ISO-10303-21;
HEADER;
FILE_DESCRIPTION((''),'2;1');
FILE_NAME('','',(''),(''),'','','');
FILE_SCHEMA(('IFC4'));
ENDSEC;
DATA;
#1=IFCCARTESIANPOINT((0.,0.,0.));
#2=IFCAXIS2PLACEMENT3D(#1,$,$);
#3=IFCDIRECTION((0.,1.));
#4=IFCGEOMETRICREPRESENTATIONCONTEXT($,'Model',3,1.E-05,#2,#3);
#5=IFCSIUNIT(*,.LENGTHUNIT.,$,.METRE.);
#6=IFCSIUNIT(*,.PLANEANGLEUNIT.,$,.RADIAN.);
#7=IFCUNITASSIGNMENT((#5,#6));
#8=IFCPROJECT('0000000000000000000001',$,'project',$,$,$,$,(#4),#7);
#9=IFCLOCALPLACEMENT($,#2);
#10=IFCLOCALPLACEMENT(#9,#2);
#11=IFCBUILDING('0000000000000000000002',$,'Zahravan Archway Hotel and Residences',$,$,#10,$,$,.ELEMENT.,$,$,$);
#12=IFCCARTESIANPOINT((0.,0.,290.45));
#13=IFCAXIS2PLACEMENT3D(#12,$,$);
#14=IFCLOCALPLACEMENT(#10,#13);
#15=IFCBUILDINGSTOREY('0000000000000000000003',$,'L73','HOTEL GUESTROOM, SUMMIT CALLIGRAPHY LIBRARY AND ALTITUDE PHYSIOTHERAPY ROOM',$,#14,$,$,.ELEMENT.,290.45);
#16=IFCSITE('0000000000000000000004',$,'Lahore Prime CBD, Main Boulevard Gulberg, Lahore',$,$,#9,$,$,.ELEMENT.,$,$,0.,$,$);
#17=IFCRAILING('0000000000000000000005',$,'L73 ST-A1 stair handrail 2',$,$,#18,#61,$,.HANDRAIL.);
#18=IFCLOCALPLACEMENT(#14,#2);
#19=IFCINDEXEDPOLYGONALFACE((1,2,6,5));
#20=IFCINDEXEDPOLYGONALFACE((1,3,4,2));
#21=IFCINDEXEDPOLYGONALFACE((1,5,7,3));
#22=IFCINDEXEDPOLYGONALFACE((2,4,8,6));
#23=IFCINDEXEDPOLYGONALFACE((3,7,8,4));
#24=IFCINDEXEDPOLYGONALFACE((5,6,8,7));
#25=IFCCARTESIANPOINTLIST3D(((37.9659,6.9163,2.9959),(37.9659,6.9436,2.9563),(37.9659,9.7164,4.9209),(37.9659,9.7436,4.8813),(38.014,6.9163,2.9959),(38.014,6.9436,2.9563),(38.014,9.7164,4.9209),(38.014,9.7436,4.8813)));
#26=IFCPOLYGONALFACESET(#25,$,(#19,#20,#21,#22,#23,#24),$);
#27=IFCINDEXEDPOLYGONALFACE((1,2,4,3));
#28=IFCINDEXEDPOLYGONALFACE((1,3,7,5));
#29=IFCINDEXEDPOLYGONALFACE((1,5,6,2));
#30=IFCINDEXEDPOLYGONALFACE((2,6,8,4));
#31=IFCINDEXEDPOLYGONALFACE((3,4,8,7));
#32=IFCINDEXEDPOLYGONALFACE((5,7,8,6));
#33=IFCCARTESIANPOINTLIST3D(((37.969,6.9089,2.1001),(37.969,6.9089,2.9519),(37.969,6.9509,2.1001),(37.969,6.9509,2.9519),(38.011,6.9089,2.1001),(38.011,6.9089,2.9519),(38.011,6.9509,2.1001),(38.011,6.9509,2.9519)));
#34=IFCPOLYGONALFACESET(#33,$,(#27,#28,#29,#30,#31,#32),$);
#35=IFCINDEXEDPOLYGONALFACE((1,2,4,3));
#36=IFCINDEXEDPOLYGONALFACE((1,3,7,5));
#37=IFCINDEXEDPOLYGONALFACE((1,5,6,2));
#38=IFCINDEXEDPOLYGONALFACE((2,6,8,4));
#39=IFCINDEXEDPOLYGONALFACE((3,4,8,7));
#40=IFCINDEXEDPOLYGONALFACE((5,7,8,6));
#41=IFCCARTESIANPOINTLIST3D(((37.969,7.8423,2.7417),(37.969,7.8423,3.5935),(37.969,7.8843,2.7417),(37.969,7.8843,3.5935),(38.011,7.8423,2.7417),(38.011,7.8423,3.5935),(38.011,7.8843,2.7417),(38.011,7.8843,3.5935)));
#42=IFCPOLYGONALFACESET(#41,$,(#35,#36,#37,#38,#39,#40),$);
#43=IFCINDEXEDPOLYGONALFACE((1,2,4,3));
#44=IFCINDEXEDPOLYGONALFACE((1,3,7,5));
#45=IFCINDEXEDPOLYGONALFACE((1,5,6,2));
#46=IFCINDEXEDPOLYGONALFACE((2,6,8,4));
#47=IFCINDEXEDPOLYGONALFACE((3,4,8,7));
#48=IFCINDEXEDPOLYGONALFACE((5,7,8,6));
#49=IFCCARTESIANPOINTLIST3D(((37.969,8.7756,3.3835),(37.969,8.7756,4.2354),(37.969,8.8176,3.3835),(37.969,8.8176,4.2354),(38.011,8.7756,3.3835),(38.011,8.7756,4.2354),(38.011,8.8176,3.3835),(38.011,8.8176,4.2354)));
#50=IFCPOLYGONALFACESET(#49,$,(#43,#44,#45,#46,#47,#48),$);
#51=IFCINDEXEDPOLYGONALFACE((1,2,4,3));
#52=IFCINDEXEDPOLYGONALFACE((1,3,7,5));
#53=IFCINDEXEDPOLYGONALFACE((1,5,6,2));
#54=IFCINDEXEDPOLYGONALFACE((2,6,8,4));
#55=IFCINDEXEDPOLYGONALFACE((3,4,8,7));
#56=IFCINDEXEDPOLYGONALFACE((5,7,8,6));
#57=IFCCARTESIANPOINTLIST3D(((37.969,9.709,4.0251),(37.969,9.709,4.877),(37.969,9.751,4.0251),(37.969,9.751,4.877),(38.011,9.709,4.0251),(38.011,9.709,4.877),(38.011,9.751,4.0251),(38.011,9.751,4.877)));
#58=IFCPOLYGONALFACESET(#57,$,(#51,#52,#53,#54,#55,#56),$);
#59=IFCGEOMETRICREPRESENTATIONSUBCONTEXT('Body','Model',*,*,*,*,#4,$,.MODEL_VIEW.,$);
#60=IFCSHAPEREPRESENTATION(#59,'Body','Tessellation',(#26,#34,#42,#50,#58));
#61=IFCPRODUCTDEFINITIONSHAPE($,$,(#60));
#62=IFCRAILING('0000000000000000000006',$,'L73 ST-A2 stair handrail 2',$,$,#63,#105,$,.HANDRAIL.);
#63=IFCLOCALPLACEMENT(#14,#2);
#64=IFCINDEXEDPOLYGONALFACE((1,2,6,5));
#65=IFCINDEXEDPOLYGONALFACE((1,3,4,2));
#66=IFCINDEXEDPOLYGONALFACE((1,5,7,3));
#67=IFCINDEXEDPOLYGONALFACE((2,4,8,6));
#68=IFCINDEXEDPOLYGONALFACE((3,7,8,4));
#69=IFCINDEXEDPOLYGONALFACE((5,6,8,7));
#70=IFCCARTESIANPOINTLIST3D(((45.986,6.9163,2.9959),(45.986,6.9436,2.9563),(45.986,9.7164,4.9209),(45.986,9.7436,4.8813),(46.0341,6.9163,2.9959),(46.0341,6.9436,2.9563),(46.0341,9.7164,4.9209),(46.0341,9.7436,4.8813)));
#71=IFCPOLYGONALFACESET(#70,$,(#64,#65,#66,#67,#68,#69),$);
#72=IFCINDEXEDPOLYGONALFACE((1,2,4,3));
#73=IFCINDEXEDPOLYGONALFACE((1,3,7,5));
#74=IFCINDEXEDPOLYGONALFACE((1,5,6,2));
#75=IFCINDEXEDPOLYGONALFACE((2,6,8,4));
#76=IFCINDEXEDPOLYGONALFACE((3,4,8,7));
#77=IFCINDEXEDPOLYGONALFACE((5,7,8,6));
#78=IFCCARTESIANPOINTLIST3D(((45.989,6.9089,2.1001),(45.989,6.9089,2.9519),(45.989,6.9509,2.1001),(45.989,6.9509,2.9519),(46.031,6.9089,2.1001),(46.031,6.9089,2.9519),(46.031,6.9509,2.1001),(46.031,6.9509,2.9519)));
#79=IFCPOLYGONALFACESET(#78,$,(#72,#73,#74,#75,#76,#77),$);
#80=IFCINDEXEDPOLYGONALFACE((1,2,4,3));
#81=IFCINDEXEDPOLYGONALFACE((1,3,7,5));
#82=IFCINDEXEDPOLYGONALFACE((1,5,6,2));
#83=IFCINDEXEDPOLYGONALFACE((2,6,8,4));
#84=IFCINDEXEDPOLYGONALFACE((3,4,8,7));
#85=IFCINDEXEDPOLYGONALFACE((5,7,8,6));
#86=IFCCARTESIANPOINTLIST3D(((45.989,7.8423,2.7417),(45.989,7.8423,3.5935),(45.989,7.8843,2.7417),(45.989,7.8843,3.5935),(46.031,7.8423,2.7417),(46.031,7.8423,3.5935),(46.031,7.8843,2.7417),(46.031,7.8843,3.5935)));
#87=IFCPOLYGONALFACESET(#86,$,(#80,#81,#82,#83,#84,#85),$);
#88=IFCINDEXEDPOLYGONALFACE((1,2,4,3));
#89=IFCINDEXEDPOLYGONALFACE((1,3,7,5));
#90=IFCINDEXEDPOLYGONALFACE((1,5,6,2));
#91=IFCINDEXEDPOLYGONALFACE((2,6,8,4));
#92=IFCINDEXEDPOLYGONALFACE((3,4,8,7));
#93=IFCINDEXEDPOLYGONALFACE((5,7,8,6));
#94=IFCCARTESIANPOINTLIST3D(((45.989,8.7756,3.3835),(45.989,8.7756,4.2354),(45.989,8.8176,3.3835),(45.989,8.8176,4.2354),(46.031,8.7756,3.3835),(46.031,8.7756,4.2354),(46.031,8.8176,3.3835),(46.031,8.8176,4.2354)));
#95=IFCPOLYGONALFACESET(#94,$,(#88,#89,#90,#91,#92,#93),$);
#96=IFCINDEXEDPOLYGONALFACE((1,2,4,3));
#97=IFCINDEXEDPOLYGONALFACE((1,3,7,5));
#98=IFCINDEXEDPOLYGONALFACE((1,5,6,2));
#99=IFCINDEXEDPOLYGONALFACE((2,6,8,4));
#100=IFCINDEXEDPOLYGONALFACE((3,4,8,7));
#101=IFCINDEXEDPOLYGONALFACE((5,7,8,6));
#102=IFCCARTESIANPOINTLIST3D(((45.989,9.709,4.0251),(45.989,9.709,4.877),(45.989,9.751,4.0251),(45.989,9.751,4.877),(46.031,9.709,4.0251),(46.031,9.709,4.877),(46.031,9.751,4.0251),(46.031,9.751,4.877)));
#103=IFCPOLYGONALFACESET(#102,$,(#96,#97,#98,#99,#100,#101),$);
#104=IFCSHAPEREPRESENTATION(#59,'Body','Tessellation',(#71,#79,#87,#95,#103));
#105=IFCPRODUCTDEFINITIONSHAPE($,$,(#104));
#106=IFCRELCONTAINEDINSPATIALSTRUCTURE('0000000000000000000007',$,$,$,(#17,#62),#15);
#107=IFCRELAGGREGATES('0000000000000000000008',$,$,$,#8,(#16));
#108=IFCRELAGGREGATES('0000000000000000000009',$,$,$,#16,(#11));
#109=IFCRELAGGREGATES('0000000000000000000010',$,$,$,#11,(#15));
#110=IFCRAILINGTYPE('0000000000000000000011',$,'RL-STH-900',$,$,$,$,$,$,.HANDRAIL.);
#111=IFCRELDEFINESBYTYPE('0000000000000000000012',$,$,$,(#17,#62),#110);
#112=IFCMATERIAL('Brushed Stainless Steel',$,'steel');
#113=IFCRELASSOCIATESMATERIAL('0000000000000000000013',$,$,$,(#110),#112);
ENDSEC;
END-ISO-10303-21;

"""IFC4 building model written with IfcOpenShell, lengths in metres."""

from ifc_helpers import new_model, si_unit, direction, frame, origin, origin_2d, place, context, subcontext, project, spatial, rectangle, extrude, material, type_object, element, save


model = new_model("IFC4")

# Units and contexts
model_context = context("Model", 3, precision=1e-05, world=origin(), true_north=direction((0.0, 1.0)))
body_context = subcontext(model_context, "Body", "Model", "MODEL_VIEW")
ifc_project = project(units=[si_unit("LENGTHUNIT", "METRE"), si_unit("PLANEANGLEUNIT", "RADIAN")], contexts=[model_context])

# Site, building, storey
site_placement = place(None, origin())
site = spatial("IfcSite", under=ifc_project, at=site_placement, Name="Lahore Prime CBD, Main Boulevard Gulberg, Lahore", CompositionType="ELEMENT", RefElevation=0.0)
building_placement = place(site_placement, origin())
building = spatial("IfcBuilding", under=site, at=building_placement, Name="Zahravan Archway Hotel and Residences", CompositionType="ELEMENT")
storey_placement = place(building_placement, frame((0.0, 0.0, 290.45)))
storey = spatial("IfcBuildingStorey", under=building, at=storey_placement, Name="L73", Description="HOTEL GUESTROOM, SUMMIT CALLIGRAPHY LIBRARY AND ALTITUDE PHYSIOTHERAPY ROOM", CompositionType="ELEMENT", Elevation=290.45)

# Railings
ifc_material_1 = material(Name="Brushed Stainless Steel", Category="steel")
railing_type_1 = type_object("IfcRailingType", Name="RL-STH-900", PredefinedType="HANDRAIL", material=ifc_material_1)
for number, where, name in (
    (1, (37.99, 6.9299, 2.1001), "L73 ST-A1 stair handrail 2"),
    (2, (46.01, 6.9299, 2.1001), "L73 ST-A2 stair handrail 2"),
):
    element("IfcRailing", number, at=place(storey_placement, frame(where)), inside=storey, type_object=railing_type_1, Name=name, PredefinedType="HANDRAIL", context=body_context, shape_type="SweptSolid", body=[
        extrude(rectangle(XDim=0.0481, YDim=0.0481, at=origin_2d()), frame((0.0, 0.0, 0.876), z_axis=(0.0, 0.82404, 0.566532), x_axis=(-1.0, 0.0, 0.0)), (0.0, 0.0, 1.0), 3.3979),
        extrude(rectangle(XDim=0.042, YDim=0.042, at=origin_2d()), origin(), (0.0, 0.0, 1.0), 0.8518),
        extrude(rectangle(XDim=0.042, YDim=0.042, at=origin_2d()), frame((0.0, 0.9333, 0.6416)), (0.0, 0.0, 1.0), 0.8518),
        extrude(rectangle(XDim=0.042, YDim=0.042, at=origin_2d()), frame((0.0, 1.8667, 1.2834)), (0.0, 0.0, 1.0), 0.8518),
        extrude(rectangle(XDim=0.042, YDim=0.042, at=origin_2d()), frame((0.0, 2.8, 1.925)), (0.0, 0.0, 1.0), 0.8518),
    ])

save(model, "model.ifc")
